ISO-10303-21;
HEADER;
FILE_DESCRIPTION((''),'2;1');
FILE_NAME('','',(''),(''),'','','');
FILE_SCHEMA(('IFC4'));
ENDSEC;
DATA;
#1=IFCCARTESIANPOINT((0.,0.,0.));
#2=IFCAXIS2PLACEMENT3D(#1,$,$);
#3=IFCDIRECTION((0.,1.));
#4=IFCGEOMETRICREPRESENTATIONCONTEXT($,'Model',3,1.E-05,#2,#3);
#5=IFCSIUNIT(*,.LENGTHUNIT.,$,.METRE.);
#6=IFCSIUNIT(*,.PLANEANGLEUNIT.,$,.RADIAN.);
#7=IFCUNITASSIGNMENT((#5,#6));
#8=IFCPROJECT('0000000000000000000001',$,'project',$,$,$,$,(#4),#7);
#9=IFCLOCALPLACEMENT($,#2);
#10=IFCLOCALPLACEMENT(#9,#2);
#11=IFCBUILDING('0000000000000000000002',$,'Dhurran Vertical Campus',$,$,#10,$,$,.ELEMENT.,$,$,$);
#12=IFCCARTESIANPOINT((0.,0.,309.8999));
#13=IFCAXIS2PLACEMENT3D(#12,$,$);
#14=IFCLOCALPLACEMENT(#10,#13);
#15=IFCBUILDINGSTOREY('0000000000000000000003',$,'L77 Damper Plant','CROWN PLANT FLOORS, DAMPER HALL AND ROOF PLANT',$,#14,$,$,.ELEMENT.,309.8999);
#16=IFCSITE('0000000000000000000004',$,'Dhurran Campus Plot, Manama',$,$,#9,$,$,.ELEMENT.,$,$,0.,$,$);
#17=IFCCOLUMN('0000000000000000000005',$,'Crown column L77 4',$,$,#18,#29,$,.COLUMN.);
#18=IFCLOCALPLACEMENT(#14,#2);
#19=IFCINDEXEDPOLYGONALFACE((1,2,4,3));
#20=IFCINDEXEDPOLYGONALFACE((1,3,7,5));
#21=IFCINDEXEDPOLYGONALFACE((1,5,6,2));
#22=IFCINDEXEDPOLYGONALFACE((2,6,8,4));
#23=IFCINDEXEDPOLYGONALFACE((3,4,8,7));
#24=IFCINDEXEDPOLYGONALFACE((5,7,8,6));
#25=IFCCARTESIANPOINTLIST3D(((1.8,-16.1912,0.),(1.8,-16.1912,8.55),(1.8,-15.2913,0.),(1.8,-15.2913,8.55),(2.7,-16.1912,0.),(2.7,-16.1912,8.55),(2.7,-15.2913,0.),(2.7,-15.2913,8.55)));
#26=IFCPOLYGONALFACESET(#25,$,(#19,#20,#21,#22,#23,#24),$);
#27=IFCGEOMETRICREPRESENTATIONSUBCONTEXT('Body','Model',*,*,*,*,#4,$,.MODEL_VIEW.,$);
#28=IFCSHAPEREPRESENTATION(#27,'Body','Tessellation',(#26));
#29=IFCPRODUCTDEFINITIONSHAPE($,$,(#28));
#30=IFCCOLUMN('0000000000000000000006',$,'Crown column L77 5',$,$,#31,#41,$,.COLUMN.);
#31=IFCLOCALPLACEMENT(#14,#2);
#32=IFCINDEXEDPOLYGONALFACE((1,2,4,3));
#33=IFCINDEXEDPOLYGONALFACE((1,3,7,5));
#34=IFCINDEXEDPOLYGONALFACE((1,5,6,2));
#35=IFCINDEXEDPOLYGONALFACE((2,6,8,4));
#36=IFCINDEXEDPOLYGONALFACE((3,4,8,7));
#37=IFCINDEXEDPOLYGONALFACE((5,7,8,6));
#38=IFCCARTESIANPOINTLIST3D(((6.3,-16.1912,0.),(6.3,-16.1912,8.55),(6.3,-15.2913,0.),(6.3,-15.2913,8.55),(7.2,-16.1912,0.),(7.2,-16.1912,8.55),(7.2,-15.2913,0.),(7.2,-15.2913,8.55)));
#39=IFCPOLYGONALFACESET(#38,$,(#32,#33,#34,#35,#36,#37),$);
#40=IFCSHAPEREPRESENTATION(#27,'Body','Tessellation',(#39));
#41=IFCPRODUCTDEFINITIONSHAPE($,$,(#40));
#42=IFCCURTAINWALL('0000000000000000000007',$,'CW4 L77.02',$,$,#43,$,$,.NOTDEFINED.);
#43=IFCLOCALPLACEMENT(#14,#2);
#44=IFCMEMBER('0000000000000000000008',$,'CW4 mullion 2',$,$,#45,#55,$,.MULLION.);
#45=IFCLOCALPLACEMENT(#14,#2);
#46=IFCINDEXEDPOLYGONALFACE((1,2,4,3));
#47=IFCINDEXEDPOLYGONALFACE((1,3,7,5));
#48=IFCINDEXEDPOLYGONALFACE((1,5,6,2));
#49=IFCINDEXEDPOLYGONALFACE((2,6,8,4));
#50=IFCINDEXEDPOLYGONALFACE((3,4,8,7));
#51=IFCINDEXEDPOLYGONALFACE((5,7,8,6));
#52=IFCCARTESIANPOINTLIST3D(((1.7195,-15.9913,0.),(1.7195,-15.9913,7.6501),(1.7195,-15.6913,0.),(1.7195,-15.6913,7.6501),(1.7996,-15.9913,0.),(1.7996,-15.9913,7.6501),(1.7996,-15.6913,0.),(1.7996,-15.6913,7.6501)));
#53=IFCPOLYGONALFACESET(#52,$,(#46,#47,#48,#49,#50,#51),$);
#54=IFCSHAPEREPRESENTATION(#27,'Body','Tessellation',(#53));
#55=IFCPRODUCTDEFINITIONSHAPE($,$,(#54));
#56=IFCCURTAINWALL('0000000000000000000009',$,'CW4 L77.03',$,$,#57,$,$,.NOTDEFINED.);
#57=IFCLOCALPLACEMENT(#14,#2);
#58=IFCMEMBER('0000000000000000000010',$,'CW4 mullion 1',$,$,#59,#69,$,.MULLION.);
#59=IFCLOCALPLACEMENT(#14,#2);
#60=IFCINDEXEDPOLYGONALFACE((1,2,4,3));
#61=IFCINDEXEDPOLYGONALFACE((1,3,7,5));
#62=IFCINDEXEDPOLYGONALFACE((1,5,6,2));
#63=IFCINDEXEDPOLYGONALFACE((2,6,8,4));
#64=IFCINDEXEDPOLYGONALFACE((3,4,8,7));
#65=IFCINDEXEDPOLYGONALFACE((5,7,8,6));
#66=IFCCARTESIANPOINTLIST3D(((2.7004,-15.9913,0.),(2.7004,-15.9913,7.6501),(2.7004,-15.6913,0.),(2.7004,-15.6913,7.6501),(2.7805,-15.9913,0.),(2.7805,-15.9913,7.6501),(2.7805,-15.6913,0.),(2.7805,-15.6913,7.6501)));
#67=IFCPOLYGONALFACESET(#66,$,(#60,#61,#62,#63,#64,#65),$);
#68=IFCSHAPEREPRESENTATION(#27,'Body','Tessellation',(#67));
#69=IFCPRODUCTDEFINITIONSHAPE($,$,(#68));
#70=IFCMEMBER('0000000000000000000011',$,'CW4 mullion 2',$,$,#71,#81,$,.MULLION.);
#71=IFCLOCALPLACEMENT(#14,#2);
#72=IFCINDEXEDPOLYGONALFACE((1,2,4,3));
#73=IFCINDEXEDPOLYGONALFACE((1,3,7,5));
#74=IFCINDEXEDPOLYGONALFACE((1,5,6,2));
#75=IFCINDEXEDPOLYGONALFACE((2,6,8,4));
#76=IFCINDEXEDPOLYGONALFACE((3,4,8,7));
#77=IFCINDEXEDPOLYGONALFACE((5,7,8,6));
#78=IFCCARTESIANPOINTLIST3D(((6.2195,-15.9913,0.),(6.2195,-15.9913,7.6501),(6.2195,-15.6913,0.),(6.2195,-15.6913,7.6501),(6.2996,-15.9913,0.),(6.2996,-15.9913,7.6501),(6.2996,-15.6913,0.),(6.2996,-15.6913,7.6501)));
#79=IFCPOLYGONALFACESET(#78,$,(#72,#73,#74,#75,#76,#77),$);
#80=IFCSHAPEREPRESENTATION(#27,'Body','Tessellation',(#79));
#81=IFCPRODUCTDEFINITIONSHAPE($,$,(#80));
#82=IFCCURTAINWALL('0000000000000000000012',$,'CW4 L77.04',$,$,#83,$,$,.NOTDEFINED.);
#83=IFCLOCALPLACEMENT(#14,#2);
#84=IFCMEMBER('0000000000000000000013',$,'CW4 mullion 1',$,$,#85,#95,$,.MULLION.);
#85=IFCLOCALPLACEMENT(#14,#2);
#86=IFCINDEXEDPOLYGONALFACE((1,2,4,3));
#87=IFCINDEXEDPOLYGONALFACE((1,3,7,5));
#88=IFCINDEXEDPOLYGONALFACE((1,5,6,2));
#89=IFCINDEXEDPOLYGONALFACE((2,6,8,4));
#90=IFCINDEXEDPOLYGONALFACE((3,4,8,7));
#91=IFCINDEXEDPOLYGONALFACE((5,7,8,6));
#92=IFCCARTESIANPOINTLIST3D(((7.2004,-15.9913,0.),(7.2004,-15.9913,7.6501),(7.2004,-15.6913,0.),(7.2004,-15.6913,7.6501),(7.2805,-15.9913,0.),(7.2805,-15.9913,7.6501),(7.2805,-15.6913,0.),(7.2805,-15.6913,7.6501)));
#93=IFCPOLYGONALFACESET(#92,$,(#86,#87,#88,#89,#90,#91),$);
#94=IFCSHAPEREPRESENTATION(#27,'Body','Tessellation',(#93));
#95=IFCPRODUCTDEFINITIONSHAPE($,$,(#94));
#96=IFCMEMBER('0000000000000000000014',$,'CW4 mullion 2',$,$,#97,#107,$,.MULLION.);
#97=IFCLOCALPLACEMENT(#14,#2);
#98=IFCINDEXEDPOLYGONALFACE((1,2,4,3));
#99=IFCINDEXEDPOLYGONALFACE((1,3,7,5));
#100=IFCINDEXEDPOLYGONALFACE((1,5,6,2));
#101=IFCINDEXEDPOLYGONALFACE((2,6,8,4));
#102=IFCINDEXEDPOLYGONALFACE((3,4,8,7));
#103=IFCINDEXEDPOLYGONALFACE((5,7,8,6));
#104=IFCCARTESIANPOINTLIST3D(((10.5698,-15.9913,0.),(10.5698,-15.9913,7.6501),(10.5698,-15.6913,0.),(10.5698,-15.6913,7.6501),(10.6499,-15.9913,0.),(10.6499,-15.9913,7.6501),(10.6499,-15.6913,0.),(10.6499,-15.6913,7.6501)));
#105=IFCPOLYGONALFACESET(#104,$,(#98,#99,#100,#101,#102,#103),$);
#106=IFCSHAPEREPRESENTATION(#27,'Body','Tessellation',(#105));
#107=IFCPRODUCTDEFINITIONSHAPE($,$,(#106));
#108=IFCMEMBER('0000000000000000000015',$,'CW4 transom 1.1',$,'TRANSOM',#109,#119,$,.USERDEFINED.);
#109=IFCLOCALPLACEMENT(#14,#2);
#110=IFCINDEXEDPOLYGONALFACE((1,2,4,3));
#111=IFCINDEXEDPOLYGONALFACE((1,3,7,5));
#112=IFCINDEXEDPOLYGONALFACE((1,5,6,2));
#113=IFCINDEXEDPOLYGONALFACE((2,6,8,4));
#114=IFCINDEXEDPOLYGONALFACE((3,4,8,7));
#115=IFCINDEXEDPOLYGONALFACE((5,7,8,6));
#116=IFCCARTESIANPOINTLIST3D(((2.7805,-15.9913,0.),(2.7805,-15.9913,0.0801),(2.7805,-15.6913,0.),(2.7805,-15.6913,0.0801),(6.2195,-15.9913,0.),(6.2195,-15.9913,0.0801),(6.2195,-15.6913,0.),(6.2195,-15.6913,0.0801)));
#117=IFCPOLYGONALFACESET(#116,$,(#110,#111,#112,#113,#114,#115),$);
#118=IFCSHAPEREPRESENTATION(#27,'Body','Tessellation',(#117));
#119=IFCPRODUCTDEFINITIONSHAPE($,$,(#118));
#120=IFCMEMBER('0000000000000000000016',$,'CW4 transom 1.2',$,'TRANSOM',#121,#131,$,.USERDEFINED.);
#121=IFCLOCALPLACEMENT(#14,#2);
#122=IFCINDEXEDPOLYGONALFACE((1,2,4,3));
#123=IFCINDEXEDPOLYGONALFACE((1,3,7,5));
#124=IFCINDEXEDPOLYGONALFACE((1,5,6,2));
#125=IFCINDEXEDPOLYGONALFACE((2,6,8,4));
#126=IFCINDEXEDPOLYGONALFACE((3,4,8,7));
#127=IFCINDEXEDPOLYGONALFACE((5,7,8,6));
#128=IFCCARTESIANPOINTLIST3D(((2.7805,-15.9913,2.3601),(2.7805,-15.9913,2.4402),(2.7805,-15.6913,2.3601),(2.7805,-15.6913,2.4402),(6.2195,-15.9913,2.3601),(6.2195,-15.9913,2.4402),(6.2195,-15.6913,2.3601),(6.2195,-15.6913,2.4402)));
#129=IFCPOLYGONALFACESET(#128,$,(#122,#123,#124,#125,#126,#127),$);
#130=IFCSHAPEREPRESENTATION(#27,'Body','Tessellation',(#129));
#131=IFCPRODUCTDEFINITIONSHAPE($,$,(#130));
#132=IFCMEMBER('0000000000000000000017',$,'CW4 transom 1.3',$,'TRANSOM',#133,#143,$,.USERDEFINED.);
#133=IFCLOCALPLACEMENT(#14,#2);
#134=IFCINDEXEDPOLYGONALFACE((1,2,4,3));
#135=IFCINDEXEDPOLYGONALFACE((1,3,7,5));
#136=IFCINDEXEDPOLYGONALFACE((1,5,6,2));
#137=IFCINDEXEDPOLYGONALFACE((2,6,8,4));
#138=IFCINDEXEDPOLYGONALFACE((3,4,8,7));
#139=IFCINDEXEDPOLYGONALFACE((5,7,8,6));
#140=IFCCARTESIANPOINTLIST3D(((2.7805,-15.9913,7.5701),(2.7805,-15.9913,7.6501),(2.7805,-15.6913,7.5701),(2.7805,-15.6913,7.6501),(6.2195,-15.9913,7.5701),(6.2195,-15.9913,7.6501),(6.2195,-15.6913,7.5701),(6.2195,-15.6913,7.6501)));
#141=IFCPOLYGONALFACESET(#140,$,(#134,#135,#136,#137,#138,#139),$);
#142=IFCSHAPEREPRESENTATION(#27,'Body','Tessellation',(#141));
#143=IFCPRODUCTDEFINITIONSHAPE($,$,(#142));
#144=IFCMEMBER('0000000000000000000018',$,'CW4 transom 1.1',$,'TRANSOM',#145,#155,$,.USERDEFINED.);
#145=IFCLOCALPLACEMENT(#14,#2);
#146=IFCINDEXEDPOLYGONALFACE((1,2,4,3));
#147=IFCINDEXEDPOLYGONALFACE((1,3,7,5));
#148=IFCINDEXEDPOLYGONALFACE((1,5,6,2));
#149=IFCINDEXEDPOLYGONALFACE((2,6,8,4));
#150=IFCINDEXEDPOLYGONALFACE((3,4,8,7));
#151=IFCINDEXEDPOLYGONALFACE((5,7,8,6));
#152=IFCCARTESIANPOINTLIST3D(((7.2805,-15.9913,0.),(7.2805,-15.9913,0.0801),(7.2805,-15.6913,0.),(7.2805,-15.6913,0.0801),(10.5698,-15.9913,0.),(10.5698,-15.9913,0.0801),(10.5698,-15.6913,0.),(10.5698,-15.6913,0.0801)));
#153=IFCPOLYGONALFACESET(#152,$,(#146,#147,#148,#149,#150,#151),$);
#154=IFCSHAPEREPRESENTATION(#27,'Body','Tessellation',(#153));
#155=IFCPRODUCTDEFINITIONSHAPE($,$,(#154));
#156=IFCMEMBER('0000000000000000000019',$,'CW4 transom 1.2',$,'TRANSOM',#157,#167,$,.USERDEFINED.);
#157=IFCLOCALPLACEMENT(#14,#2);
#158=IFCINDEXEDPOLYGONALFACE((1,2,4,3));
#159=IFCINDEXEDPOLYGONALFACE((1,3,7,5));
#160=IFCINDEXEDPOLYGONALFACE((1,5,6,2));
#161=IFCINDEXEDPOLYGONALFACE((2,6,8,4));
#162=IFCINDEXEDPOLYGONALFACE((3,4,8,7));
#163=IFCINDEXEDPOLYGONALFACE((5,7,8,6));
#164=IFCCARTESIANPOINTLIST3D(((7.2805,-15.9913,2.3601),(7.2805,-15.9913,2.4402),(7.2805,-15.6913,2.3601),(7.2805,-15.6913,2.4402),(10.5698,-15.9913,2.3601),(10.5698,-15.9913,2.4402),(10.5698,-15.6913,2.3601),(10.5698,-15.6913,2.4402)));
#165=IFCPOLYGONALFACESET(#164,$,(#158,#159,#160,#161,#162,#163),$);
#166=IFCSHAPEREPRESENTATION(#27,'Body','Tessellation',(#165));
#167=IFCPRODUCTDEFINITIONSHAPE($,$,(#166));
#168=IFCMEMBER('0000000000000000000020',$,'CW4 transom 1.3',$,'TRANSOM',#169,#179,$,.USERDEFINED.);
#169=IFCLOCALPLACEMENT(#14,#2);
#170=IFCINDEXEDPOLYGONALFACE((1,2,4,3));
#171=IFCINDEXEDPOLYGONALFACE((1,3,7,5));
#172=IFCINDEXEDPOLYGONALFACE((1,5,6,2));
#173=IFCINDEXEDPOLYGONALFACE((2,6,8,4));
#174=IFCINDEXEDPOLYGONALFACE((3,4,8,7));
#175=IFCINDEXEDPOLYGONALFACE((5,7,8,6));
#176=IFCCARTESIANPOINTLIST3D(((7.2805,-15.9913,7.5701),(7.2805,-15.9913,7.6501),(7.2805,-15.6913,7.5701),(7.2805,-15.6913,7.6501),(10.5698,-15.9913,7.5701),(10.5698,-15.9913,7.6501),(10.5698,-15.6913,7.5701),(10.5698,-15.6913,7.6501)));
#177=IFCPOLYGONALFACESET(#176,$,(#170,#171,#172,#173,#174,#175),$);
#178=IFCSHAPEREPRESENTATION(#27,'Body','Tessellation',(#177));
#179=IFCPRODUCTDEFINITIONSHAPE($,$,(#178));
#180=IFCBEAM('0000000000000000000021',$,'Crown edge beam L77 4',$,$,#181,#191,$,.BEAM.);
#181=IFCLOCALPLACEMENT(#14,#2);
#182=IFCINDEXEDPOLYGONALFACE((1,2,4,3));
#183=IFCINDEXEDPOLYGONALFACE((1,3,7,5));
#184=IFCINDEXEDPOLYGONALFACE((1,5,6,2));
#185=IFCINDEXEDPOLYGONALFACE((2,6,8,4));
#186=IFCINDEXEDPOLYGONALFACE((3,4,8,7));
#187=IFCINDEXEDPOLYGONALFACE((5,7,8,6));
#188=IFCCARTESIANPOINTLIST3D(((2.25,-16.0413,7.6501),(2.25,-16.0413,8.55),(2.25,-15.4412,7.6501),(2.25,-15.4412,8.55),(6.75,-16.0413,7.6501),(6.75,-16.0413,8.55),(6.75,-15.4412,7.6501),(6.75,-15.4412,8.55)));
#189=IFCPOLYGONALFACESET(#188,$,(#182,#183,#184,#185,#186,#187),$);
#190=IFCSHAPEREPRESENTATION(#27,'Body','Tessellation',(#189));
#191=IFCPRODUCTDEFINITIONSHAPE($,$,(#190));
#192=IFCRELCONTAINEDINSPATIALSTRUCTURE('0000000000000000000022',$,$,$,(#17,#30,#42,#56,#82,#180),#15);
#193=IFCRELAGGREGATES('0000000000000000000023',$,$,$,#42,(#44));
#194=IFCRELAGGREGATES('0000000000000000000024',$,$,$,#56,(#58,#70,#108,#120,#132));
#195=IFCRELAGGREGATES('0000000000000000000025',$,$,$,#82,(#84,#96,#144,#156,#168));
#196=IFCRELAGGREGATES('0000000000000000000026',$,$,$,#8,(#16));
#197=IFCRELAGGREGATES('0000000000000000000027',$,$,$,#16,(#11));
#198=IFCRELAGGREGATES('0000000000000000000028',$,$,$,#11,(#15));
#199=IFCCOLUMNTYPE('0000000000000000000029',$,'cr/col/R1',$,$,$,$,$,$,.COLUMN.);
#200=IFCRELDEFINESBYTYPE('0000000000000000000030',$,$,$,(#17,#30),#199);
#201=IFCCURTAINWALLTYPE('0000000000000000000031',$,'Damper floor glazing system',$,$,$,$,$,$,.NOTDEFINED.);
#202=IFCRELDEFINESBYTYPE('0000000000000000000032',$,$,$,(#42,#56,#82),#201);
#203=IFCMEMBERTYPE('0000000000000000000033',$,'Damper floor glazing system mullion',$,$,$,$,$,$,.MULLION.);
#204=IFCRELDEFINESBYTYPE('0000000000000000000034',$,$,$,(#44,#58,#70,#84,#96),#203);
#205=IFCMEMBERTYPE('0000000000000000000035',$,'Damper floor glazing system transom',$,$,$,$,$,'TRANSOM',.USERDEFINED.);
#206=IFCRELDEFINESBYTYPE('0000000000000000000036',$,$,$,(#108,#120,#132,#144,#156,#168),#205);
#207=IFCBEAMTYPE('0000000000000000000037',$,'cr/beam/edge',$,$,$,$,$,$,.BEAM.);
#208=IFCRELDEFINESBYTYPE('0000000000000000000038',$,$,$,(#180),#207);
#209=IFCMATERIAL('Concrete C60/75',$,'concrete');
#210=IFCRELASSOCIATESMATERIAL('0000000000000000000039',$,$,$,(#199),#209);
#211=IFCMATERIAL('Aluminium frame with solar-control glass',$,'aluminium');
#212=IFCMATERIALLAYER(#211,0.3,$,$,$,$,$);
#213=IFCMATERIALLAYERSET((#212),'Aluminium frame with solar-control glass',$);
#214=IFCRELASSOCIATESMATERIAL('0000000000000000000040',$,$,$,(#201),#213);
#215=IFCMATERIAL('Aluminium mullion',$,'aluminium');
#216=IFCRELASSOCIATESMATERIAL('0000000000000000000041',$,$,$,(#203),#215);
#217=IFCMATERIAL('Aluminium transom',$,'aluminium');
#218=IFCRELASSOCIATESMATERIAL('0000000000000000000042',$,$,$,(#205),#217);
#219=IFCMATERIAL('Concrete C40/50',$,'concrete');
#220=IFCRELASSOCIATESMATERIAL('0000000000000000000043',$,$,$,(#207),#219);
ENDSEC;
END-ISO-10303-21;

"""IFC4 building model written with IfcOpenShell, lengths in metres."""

from ifc_helpers import new_model, si_unit, direction, frame, origin, origin_2d, place, context, subcontext, project, spatial, rectangle, extrude, material, layer, layer_set, material_profile, profile_set, type_object, element, aggregate, save


model = new_model("IFC4")

# Units and contexts
model_context = context("Model", 3, precision=1e-05, world=origin(), true_north=direction((0.0, 1.0)))
body_context = subcontext(model_context, "Body", "Model", "MODEL_VIEW")
ifc_project = project(units=[si_unit("LENGTHUNIT", "METRE"), si_unit("PLANEANGLEUNIT", "RADIAN")], contexts=[model_context])

# Site, building, storey
site_placement = place(None, origin())
site = spatial("IfcSite", under=ifc_project, at=site_placement, Name="Dhurran Campus Plot, Manama", CompositionType="ELEMENT", RefElevation=0.0)
building_placement = place(site_placement, origin())
building = spatial("IfcBuilding", under=site, at=building_placement, Name="Dhurran Vertical Campus", CompositionType="ELEMENT")
storey_placement = place(building_placement, frame((0.0, 0.0, 309.8999)))
storey = spatial("IfcBuildingStorey", under=building, at=storey_placement, Name="L77 Damper Plant", Description="CROWN PLANT FLOORS, DAMPER HALL AND ROOF PLANT", CompositionType="ELEMENT", Elevation=309.8999)

# Columns
ifc_material_1 = material(Name="Concrete C60/75", Category="concrete")
ifc_material_profile_1 = material_profile(ifc_material_1, rectangle(XDim=0.8999, YDim=0.8999, at=origin_2d()), Name="cr/col/R1")
ifc_profile_set_1 = profile_set([ifc_material_profile_1], Name="Concrete C60/75")
column_type = type_object("IfcColumnType", Name="cr/col/R1", PredefinedType="COLUMN", material=ifc_profile_set_1)
for number, where, z_axis, x_axis, name in (
    (1, (2.25, -15.7412, 0.0), (0.0, 0.0, 1.0), (1.0, 0.0, 0.0), "Crown column L77 4"),
    (2, (6.75, -15.7412, 0.0), (0.0, 0.0, 1.0), (1.0, 0.0, 0.0), "Crown column L77 5"),
):
    element("IfcColumn", number, at=place(storey_placement, frame(where, z_axis=z_axis, x_axis=x_axis)), inside=storey, type_object=column_type, Name=name, PredefinedType="COLUMN", context=body_context, shape_type="SweptSolid", body=[
        extrude(rectangle(XDim=0.8999, YDim=0.8999, at=origin_2d()), origin(), (0.0, 0.0, 1.0), 8.55),
    ])

# Curtain wall, member
ifc_material_2 = material(Name="Aluminium frame with solar-control glass", Category="aluminium")
ifc_layer_1 = layer(ifc_material_2, 0.3)
ifc_layer_set_1 = layer_set([ifc_layer_1], Name="Aluminium frame with solar-control glass")
curtain_wall_type = type_object("IfcCurtainWallType", Name="Damper floor glazing system", PredefinedType="NOTDEFINED", material=ifc_layer_set_1)
curtain_wall_1_placement = place(storey_placement, origin())
curtain_wall_1 = element("IfcCurtainWall", 3, at=curtain_wall_1_placement, inside=storey, type_object=curtain_wall_type, Name="CW4 L77.02", PredefinedType="NOTDEFINED")
ifc_material_3 = material(Name="Aluminium mullion", Category="aluminium")
ifc_material_profile_2 = material_profile(ifc_material_3, rectangle(XDim=0.3, YDim=0.0801, at=origin_2d()), Name="Damper floor glazing system mullion")
ifc_profile_set_2 = profile_set([ifc_material_profile_2], Name="Aluminium mullion")
member_type_1 = type_object("IfcMemberType", Name="Damper floor glazing system mullion", PredefinedType="MULLION", material=ifc_profile_set_2)
member_1_placement = place(storey_placement, frame((1.7595, -15.8413, 0.0), z_axis=(0.0, 0.0, 1.0), x_axis=(0.0, 1.0, 0.0)))
member_1 = element("IfcMember", 4, at=member_1_placement, type_object=member_type_1, Name="CW4 mullion 2", PredefinedType="MULLION", context=body_context, shape_type="SweptSolid", body=[
    extrude(rectangle(XDim=0.3, YDim=0.0801, at=origin_2d()), origin(), (0.0, 0.0, 1.0), 7.6501),
])
aggregate(curtain_wall_1, [member_1])

# Curtain walls, members
curtain_wall_2_placement = place(storey_placement, origin())
curtain_wall_2 = element("IfcCurtainWall", 5, at=curtain_wall_2_placement, inside=storey, type_object=curtain_wall_type, Name="CW4 L77.03", PredefinedType="NOTDEFINED")
member_2_placement = place(storey_placement, frame((2.7405, -15.8413, 0.0), z_axis=(0.0, 0.0, 1.0), x_axis=(0.0, 1.0, 0.0)))
member_2 = element("IfcMember", 6, at=member_2_placement, type_object=member_type_1, Name="CW4 mullion 1", PredefinedType="MULLION", context=body_context, shape_type="SweptSolid", body=[
    extrude(rectangle(XDim=0.3, YDim=0.0801, at=origin_2d()), origin(), (0.0, 0.0, 1.0), 7.6501),
])
member_3_placement = place(storey_placement, frame((6.2595, -15.8413, 0.0), z_axis=(0.0, 0.0, 1.0), x_axis=(0.0, 1.0, 0.0)))
member_3 = element("IfcMember", 7, at=member_3_placement, type_object=member_type_1, Name="CW4 mullion 2", PredefinedType="MULLION", context=body_context, shape_type="SweptSolid", body=[
    extrude(rectangle(XDim=0.3, YDim=0.0801, at=origin_2d()), origin(), (0.0, 0.0, 1.0), 7.6501),
])
curtain_wall_3_placement = place(storey_placement, origin())
curtain_wall_3 = element("IfcCurtainWall", 8, at=curtain_wall_3_placement, inside=storey, type_object=curtain_wall_type, Name="CW4 L77.04", PredefinedType="NOTDEFINED")
member_4_placement = place(storey_placement, frame((7.2405, -15.8413, 0.0), z_axis=(0.0, 0.0, 1.0), x_axis=(0.0, 1.0, 0.0)))
member_4 = element("IfcMember", 9, at=member_4_placement, type_object=member_type_1, Name="CW4 mullion 1", PredefinedType="MULLION", context=body_context, shape_type="SweptSolid", body=[
    extrude(rectangle(XDim=0.3, YDim=0.0801, at=origin_2d()), origin(), (0.0, 0.0, 1.0), 7.6501),
])
member_5_placement = place(storey_placement, frame((10.6099, -15.8413, 0.0), z_axis=(0.0, 0.0, 1.0), x_axis=(0.0, 1.0, 0.0)))
member_5 = element("IfcMember", 10, at=member_5_placement, type_object=member_type_1, Name="CW4 mullion 2", PredefinedType="MULLION", context=body_context, shape_type="SweptSolid", body=[
    extrude(rectangle(XDim=0.3, YDim=0.0801, at=origin_2d()), origin(), (0.0, 0.0, 1.0), 7.6501),
])

# Members
ifc_material_4 = material(Name="Aluminium transom", Category="aluminium")
ifc_material_profile_3 = material_profile(ifc_material_4, rectangle(XDim=0.3, YDim=0.0801, at=origin_2d()), Name="Damper floor glazing system transom")
ifc_profile_set_3 = profile_set([ifc_material_profile_3], Name="Aluminium transom")
member_type_2 = type_object("IfcMemberType", Name="Damper floor glazing system transom", ElementType="TRANSOM", PredefinedType="USERDEFINED", material=ifc_profile_set_3)
member_6_placement = place(storey_placement, frame((2.7805, -15.8413, 0.04), z_axis=(1.0, 0.0, 0.0), x_axis=(0.0, 1.0, 0.0)))
member_6 = element("IfcMember", 11, at=member_6_placement, type_object=member_type_2, Name="CW4 transom 1.1", ObjectType="TRANSOM", PredefinedType="USERDEFINED", context=body_context, shape_type="SweptSolid", body=[
    extrude(rectangle(XDim=0.3, YDim=0.0801, at=origin_2d()), origin(), (0.0, 0.0, 1.0), 3.439),
])
member_7_placement = place(storey_placement, frame((2.7805, -15.8413, 2.4001), z_axis=(1.0, 0.0, 0.0), x_axis=(0.0, 1.0, 0.0)))
member_7 = element("IfcMember", 12, at=member_7_placement, type_object=member_type_2, Name="CW4 transom 1.2", ObjectType="TRANSOM", PredefinedType="USERDEFINED", context=body_context, shape_type="SweptSolid", body=[
    extrude(rectangle(XDim=0.3, YDim=0.0801, at=origin_2d()), origin(), (0.0, 0.0, 1.0), 3.439),
])
member_8_placement = place(storey_placement, frame((2.7805, -15.8413, 7.6101), z_axis=(1.0, 0.0, 0.0), x_axis=(0.0, 1.0, 0.0)))
member_8 = element("IfcMember", 13, at=member_8_placement, type_object=member_type_2, Name="CW4 transom 1.3", ObjectType="TRANSOM", PredefinedType="USERDEFINED", context=body_context, shape_type="SweptSolid", body=[
    extrude(rectangle(XDim=0.3, YDim=0.0801, at=origin_2d()), origin(), (0.0, 0.0, 1.0), 3.439),
])
member_9_placement = place(storey_placement, frame((7.2805, -15.8413, 0.04), z_axis=(1.0, 0.0, 0.0), x_axis=(0.0, 1.0, 0.0)))
member_9 = element("IfcMember", 14, at=member_9_placement, type_object=member_type_2, Name="CW4 transom 1.1", ObjectType="TRANSOM", PredefinedType="USERDEFINED", context=body_context, shape_type="SweptSolid", body=[
    extrude(rectangle(XDim=0.3, YDim=0.0801, at=origin_2d()), origin(), (0.0, 0.0, 1.0), 3.2893),
])
member_10_placement = place(storey_placement, frame((7.2805, -15.8413, 2.4001), z_axis=(1.0, 0.0, 0.0), x_axis=(0.0, 1.0, 0.0)))
member_10 = element("IfcMember", 15, at=member_10_placement, type_object=member_type_2, Name="CW4 transom 1.2", ObjectType="TRANSOM", PredefinedType="USERDEFINED", context=body_context, shape_type="SweptSolid", body=[
    extrude(rectangle(XDim=0.3, YDim=0.0801, at=origin_2d()), origin(), (0.0, 0.0, 1.0), 3.2893),
])
member_11_placement = place(storey_placement, frame((7.2805, -15.8413, 7.6101), z_axis=(1.0, 0.0, 0.0), x_axis=(0.0, 1.0, 0.0)))
member_11 = element("IfcMember", 16, at=member_11_placement, type_object=member_type_2, Name="CW4 transom 1.3", ObjectType="TRANSOM", PredefinedType="USERDEFINED", context=body_context, shape_type="SweptSolid", body=[
    extrude(rectangle(XDim=0.3, YDim=0.0801, at=origin_2d()), origin(), (0.0, 0.0, 1.0), 3.2893),
])

# Beam
ifc_material_5 = material(Name="Concrete C40/50", Category="concrete")
ifc_material_profile_4 = material_profile(ifc_material_5, rectangle(XDim=0.6001, YDim=0.8999, at=origin_2d()), Name="cr/beam/edge")
ifc_profile_set_4 = profile_set([ifc_material_profile_4], Name="Concrete C40/50")
beam_type = type_object("IfcBeamType", Name="cr/beam/edge", PredefinedType="BEAM", material=ifc_profile_set_4)
beam_1_placement = place(storey_placement, frame((2.25, -15.7412, 8.1001), z_axis=(1.0, 0.0, 0.0), x_axis=(0.0, 1.0, 0.0)))
element("IfcBeam", 17, at=beam_1_placement, inside=storey, type_object=beam_type, Name="Crown edge beam L77 4", PredefinedType="BEAM", context=body_context, shape_type="SweptSolid", body=[
    extrude(rectangle(XDim=0.6001, YDim=0.8999, at=origin_2d()), origin(), (0.0, 0.0, 1.0), 4.5),
])

aggregate(curtain_wall_2, [member_2, member_3, member_6, member_7, member_8])
aggregate(curtain_wall_3, [member_4, member_5, member_9, member_10, member_11])

save(model, "model.ifc")
